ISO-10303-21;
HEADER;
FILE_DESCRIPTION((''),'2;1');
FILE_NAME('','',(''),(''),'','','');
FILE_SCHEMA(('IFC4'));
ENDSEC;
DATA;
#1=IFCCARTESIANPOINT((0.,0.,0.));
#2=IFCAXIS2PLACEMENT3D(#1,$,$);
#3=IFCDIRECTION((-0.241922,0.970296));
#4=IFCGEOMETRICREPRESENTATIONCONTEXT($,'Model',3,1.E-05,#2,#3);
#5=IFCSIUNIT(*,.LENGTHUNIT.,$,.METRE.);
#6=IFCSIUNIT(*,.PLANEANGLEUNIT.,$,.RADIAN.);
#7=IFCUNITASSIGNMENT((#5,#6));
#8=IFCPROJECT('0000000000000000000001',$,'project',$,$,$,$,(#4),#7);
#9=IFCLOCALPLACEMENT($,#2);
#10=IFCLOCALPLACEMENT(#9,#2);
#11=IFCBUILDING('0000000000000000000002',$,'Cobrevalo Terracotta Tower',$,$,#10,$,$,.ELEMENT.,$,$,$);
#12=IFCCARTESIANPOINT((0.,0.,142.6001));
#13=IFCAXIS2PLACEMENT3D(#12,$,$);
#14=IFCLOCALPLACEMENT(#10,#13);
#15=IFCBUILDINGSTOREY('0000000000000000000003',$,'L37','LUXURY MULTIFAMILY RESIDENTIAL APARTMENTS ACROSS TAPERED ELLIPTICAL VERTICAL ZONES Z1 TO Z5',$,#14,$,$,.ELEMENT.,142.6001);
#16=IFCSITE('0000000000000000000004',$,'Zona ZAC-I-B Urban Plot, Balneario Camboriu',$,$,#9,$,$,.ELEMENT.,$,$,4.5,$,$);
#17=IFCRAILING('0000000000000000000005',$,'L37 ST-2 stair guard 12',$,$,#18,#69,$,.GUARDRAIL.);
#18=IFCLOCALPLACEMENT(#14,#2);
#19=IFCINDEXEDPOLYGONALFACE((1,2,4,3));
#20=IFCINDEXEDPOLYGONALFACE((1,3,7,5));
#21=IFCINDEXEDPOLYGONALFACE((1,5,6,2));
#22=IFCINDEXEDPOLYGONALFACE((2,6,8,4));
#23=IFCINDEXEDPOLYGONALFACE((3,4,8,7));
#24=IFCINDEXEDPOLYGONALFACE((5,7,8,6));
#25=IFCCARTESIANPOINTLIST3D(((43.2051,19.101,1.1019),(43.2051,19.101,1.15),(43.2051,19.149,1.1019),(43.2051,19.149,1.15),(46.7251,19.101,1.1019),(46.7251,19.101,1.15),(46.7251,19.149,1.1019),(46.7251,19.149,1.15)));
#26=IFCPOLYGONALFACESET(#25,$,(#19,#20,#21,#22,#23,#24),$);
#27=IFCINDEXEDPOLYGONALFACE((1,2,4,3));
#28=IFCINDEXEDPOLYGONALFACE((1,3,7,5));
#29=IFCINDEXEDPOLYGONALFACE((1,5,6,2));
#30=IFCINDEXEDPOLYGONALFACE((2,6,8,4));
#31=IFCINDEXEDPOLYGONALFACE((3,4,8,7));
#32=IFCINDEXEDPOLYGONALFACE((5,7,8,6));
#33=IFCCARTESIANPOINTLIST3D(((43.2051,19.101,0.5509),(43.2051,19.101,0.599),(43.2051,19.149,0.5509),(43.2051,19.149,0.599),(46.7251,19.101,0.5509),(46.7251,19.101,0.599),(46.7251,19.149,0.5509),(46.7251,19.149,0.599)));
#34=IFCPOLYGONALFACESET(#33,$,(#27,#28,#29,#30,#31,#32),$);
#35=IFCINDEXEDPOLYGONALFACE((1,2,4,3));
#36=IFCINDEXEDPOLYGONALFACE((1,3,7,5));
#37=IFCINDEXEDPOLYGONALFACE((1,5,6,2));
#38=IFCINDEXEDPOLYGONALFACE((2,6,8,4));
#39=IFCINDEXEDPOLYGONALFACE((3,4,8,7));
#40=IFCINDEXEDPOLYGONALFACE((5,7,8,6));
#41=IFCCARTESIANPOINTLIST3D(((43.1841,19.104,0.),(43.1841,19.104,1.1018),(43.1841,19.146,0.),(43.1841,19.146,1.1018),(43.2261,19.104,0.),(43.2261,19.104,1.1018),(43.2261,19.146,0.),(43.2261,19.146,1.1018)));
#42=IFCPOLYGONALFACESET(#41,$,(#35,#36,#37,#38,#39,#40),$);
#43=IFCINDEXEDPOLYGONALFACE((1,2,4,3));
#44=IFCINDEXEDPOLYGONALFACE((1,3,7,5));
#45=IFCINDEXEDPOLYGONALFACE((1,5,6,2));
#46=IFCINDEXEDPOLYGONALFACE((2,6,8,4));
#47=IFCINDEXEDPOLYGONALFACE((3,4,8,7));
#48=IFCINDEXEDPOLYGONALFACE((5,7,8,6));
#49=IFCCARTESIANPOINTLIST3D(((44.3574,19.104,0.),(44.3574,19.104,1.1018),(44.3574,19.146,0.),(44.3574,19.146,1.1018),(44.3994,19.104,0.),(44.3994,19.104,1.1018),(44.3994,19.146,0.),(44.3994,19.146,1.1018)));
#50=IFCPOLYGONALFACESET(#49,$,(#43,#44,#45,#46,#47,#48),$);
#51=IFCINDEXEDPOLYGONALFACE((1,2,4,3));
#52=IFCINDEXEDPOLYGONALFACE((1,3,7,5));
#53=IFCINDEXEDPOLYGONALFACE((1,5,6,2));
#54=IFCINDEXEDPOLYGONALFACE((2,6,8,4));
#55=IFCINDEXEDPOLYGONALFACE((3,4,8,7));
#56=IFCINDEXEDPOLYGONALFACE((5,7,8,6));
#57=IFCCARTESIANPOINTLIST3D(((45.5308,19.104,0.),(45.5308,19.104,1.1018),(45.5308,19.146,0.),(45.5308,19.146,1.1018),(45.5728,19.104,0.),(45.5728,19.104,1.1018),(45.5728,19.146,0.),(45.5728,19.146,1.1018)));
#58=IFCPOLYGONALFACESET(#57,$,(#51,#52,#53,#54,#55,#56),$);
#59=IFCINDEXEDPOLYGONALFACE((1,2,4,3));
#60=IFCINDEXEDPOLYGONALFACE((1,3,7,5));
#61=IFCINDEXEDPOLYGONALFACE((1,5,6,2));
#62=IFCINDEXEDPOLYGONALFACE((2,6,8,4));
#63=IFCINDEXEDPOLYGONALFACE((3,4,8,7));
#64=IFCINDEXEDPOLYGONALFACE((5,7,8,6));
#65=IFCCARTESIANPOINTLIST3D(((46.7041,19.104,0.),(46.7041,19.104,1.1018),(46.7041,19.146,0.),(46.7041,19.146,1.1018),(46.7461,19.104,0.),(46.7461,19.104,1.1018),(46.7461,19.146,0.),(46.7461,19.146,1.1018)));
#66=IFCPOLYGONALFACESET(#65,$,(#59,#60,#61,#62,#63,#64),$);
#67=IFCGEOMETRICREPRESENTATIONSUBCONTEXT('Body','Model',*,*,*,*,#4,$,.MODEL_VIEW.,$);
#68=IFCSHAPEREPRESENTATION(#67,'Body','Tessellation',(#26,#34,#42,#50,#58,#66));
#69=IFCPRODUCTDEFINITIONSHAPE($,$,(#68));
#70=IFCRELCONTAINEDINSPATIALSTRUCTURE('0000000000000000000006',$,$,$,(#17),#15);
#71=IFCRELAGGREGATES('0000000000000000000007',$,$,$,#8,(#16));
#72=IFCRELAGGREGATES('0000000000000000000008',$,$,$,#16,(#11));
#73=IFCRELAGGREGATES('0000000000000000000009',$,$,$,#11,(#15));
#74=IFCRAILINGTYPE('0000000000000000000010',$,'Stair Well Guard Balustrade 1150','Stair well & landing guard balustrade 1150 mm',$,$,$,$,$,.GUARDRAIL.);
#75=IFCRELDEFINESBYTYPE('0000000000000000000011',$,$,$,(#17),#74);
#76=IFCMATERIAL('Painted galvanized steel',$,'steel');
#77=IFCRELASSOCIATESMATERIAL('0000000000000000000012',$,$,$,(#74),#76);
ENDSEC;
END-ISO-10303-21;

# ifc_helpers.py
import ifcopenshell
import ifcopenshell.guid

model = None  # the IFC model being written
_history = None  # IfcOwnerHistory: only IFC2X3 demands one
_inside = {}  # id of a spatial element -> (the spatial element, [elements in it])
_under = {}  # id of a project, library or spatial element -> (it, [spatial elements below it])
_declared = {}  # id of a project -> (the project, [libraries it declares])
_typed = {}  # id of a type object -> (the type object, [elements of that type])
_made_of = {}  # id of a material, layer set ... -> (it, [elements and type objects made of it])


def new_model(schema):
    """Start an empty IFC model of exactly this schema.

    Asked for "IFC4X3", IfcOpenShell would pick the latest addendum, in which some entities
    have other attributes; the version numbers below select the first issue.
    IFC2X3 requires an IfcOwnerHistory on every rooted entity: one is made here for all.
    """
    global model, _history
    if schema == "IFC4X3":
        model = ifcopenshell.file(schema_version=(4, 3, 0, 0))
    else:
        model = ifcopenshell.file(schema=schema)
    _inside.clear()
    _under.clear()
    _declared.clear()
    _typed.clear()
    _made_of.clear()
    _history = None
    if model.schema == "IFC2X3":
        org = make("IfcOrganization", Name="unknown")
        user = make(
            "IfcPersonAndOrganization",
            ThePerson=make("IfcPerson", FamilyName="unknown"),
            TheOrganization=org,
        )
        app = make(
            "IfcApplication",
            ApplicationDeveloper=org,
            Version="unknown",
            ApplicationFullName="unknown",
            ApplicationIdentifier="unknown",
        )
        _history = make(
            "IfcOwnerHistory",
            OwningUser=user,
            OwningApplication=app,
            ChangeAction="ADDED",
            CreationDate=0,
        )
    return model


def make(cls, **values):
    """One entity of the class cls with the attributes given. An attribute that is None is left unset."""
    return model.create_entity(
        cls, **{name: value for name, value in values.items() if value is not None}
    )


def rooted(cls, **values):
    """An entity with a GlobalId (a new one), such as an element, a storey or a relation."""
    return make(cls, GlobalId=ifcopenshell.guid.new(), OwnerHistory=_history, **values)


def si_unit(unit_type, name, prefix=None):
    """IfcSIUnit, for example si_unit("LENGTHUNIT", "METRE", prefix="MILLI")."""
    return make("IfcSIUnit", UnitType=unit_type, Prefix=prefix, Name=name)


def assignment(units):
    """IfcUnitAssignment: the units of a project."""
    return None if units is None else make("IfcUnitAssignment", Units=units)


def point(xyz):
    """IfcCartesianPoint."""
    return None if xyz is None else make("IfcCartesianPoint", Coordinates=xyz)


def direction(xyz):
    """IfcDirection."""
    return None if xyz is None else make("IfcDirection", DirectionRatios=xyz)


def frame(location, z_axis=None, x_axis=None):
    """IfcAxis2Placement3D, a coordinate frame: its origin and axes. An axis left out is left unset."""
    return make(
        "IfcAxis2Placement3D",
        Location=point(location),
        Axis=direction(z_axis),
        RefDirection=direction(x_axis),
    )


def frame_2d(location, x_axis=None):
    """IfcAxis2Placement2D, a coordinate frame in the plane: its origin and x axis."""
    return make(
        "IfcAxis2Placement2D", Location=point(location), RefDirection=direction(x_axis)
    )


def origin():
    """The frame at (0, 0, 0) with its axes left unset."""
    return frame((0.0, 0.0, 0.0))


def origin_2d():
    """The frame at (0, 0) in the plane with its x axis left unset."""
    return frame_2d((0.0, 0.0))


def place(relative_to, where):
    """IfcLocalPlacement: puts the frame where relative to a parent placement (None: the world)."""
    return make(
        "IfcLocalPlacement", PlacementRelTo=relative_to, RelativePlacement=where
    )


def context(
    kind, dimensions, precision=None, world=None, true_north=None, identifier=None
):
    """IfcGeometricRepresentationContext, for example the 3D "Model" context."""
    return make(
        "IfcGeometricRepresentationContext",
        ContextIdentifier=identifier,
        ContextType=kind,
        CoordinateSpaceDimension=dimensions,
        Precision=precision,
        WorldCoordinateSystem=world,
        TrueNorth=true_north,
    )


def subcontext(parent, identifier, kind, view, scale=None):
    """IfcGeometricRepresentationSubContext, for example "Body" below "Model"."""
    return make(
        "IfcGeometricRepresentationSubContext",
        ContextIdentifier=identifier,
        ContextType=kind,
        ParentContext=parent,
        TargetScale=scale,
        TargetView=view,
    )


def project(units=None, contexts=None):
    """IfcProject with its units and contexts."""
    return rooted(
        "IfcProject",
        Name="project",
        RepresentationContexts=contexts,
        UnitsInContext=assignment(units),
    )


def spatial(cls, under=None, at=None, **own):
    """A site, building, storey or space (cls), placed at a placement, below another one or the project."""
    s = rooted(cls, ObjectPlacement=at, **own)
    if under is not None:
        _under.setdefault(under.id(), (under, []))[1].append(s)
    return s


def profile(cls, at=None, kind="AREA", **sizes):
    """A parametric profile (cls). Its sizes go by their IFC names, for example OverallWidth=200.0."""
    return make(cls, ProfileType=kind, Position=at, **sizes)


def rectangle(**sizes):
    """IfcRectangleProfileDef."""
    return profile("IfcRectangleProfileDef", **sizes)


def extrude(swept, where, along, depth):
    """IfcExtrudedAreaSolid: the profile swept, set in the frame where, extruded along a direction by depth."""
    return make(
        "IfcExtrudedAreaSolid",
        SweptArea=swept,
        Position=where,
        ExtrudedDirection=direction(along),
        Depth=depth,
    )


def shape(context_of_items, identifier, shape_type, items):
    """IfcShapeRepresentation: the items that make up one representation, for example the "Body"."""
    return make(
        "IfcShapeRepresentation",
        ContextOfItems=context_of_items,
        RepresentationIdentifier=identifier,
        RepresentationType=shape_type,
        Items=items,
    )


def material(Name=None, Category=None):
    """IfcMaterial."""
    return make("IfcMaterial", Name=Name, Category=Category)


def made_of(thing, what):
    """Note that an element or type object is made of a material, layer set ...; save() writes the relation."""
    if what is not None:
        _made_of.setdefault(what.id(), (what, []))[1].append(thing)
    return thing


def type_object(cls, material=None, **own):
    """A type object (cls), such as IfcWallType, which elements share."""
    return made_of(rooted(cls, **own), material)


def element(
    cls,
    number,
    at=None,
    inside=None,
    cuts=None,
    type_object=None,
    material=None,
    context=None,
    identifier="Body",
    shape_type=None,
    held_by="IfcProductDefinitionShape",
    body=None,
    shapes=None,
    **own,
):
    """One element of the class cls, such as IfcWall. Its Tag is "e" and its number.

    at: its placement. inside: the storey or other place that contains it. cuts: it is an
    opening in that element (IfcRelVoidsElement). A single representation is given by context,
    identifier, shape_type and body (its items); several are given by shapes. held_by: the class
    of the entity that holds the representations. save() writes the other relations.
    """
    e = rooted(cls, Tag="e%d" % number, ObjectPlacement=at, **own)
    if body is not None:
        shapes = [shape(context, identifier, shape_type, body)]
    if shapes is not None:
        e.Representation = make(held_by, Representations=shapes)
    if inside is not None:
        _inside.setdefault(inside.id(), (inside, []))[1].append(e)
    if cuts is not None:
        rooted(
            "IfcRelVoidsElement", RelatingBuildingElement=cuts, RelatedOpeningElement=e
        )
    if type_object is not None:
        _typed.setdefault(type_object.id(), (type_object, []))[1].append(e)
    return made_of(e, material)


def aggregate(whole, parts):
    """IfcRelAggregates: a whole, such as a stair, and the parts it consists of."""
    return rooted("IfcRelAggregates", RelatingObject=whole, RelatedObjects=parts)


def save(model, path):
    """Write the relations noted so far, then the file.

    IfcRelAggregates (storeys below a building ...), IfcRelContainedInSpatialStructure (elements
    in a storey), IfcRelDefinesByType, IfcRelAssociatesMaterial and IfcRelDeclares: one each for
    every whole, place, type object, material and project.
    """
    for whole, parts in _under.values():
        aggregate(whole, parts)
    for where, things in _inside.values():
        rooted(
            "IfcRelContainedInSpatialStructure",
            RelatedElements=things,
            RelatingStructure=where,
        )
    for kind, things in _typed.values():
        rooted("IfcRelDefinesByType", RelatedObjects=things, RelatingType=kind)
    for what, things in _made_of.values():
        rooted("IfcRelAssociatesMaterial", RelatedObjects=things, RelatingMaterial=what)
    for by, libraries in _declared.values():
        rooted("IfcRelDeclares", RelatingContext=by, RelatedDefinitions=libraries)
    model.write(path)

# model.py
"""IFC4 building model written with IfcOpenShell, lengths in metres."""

from ifc_helpers import new_model, si_unit, direction, frame, origin, origin_2d, place, context, subcontext, project, spatial, rectangle, extrude, material, type_object, element, save


model = new_model("IFC4")

# Units and contexts
model_context = context("Model", 3, precision=1e-05, world=origin(), true_north=direction((-0.241922, 0.970296)))
body_context = subcontext(model_context, "Body", "Model", "MODEL_VIEW")
ifc_project = project(units=[si_unit("LENGTHUNIT", "METRE"), si_unit("PLANEANGLEUNIT", "RADIAN")], contexts=[model_context])

# Site, building, storey
site_placement = place(None, origin())
site = spatial("IfcSite", under=ifc_project, at=site_placement, Name="Zona ZAC-I-B Urban Plot, Balneario Camboriu", CompositionType="ELEMENT", RefElevation=4.5)
building_placement = place(site_placement, origin())
building = spatial("IfcBuilding", under=site, at=building_placement, Name="Cobrevalo Terracotta Tower", CompositionType="ELEMENT")
storey_placement = place(building_placement, frame((0.0, 0.0, 142.6001)))
storey = spatial("IfcBuildingStorey", under=building, at=storey_placement, Name="L37", Description="LUXURY MULTIFAMILY RESIDENTIAL APARTMENTS ACROSS TAPERED ELLIPTICAL VERTICAL ZONES Z1 TO Z5", CompositionType="ELEMENT", Elevation=142.6001)

# Railing
ifc_material_1 = material(Name="Painted galvanized steel", Category="steel")
railing_type_1 = type_object("IfcRailingType", Name="Stair Well Guard Balustrade 1150", Description="Stair well & landing guard balustrade 1150 mm", PredefinedType="GUARDRAIL", material=ifc_material_1)
railing_1_placement = place(storey_placement, frame((43.2051, 19.125, 0.0)))
element("IfcRailing", 1, at=railing_1_placement, inside=storey, type_object=railing_type_1, Name="L37 ST-2 stair guard 12", PredefinedType="GUARDRAIL", context=body_context, shape_type="SweptSolid", body=[
    extrude(rectangle(XDim=0.0481, YDim=0.0481, at=origin_2d()), frame((0.0, 0.0, 1.126), z_axis=(1.0, 0.0, 0.0), x_axis=(0.0, 1.0, 0.0)), (0.0, 0.0, 1.0), 3.52),
    extrude(rectangle(XDim=0.0481, YDim=0.0481, at=origin_2d()), frame((0.0, 0.0, 0.575), z_axis=(1.0, 0.0, 0.0), x_axis=(0.0, 1.0, 0.0)), (0.0, 0.0, 1.0), 3.52),
    extrude(rectangle(XDim=0.042, YDim=0.042, at=origin_2d()), origin(), (0.0, 0.0, 1.0), 1.1018),
    extrude(rectangle(XDim=0.042, YDim=0.042, at=origin_2d()), frame((1.1733, 0.0, 0.0)), (0.0, 0.0, 1.0), 1.1018),
    extrude(rectangle(XDim=0.042, YDim=0.042, at=origin_2d()), frame((2.3467, 0.0, 0.0)), (0.0, 0.0, 1.0), 1.1018),
    extrude(rectangle(XDim=0.042, YDim=0.042, at=origin_2d()), frame((3.52, 0.0, 0.0)), (0.0, 0.0, 1.0), 1.1018),
])

save(model, "model.ifc")
